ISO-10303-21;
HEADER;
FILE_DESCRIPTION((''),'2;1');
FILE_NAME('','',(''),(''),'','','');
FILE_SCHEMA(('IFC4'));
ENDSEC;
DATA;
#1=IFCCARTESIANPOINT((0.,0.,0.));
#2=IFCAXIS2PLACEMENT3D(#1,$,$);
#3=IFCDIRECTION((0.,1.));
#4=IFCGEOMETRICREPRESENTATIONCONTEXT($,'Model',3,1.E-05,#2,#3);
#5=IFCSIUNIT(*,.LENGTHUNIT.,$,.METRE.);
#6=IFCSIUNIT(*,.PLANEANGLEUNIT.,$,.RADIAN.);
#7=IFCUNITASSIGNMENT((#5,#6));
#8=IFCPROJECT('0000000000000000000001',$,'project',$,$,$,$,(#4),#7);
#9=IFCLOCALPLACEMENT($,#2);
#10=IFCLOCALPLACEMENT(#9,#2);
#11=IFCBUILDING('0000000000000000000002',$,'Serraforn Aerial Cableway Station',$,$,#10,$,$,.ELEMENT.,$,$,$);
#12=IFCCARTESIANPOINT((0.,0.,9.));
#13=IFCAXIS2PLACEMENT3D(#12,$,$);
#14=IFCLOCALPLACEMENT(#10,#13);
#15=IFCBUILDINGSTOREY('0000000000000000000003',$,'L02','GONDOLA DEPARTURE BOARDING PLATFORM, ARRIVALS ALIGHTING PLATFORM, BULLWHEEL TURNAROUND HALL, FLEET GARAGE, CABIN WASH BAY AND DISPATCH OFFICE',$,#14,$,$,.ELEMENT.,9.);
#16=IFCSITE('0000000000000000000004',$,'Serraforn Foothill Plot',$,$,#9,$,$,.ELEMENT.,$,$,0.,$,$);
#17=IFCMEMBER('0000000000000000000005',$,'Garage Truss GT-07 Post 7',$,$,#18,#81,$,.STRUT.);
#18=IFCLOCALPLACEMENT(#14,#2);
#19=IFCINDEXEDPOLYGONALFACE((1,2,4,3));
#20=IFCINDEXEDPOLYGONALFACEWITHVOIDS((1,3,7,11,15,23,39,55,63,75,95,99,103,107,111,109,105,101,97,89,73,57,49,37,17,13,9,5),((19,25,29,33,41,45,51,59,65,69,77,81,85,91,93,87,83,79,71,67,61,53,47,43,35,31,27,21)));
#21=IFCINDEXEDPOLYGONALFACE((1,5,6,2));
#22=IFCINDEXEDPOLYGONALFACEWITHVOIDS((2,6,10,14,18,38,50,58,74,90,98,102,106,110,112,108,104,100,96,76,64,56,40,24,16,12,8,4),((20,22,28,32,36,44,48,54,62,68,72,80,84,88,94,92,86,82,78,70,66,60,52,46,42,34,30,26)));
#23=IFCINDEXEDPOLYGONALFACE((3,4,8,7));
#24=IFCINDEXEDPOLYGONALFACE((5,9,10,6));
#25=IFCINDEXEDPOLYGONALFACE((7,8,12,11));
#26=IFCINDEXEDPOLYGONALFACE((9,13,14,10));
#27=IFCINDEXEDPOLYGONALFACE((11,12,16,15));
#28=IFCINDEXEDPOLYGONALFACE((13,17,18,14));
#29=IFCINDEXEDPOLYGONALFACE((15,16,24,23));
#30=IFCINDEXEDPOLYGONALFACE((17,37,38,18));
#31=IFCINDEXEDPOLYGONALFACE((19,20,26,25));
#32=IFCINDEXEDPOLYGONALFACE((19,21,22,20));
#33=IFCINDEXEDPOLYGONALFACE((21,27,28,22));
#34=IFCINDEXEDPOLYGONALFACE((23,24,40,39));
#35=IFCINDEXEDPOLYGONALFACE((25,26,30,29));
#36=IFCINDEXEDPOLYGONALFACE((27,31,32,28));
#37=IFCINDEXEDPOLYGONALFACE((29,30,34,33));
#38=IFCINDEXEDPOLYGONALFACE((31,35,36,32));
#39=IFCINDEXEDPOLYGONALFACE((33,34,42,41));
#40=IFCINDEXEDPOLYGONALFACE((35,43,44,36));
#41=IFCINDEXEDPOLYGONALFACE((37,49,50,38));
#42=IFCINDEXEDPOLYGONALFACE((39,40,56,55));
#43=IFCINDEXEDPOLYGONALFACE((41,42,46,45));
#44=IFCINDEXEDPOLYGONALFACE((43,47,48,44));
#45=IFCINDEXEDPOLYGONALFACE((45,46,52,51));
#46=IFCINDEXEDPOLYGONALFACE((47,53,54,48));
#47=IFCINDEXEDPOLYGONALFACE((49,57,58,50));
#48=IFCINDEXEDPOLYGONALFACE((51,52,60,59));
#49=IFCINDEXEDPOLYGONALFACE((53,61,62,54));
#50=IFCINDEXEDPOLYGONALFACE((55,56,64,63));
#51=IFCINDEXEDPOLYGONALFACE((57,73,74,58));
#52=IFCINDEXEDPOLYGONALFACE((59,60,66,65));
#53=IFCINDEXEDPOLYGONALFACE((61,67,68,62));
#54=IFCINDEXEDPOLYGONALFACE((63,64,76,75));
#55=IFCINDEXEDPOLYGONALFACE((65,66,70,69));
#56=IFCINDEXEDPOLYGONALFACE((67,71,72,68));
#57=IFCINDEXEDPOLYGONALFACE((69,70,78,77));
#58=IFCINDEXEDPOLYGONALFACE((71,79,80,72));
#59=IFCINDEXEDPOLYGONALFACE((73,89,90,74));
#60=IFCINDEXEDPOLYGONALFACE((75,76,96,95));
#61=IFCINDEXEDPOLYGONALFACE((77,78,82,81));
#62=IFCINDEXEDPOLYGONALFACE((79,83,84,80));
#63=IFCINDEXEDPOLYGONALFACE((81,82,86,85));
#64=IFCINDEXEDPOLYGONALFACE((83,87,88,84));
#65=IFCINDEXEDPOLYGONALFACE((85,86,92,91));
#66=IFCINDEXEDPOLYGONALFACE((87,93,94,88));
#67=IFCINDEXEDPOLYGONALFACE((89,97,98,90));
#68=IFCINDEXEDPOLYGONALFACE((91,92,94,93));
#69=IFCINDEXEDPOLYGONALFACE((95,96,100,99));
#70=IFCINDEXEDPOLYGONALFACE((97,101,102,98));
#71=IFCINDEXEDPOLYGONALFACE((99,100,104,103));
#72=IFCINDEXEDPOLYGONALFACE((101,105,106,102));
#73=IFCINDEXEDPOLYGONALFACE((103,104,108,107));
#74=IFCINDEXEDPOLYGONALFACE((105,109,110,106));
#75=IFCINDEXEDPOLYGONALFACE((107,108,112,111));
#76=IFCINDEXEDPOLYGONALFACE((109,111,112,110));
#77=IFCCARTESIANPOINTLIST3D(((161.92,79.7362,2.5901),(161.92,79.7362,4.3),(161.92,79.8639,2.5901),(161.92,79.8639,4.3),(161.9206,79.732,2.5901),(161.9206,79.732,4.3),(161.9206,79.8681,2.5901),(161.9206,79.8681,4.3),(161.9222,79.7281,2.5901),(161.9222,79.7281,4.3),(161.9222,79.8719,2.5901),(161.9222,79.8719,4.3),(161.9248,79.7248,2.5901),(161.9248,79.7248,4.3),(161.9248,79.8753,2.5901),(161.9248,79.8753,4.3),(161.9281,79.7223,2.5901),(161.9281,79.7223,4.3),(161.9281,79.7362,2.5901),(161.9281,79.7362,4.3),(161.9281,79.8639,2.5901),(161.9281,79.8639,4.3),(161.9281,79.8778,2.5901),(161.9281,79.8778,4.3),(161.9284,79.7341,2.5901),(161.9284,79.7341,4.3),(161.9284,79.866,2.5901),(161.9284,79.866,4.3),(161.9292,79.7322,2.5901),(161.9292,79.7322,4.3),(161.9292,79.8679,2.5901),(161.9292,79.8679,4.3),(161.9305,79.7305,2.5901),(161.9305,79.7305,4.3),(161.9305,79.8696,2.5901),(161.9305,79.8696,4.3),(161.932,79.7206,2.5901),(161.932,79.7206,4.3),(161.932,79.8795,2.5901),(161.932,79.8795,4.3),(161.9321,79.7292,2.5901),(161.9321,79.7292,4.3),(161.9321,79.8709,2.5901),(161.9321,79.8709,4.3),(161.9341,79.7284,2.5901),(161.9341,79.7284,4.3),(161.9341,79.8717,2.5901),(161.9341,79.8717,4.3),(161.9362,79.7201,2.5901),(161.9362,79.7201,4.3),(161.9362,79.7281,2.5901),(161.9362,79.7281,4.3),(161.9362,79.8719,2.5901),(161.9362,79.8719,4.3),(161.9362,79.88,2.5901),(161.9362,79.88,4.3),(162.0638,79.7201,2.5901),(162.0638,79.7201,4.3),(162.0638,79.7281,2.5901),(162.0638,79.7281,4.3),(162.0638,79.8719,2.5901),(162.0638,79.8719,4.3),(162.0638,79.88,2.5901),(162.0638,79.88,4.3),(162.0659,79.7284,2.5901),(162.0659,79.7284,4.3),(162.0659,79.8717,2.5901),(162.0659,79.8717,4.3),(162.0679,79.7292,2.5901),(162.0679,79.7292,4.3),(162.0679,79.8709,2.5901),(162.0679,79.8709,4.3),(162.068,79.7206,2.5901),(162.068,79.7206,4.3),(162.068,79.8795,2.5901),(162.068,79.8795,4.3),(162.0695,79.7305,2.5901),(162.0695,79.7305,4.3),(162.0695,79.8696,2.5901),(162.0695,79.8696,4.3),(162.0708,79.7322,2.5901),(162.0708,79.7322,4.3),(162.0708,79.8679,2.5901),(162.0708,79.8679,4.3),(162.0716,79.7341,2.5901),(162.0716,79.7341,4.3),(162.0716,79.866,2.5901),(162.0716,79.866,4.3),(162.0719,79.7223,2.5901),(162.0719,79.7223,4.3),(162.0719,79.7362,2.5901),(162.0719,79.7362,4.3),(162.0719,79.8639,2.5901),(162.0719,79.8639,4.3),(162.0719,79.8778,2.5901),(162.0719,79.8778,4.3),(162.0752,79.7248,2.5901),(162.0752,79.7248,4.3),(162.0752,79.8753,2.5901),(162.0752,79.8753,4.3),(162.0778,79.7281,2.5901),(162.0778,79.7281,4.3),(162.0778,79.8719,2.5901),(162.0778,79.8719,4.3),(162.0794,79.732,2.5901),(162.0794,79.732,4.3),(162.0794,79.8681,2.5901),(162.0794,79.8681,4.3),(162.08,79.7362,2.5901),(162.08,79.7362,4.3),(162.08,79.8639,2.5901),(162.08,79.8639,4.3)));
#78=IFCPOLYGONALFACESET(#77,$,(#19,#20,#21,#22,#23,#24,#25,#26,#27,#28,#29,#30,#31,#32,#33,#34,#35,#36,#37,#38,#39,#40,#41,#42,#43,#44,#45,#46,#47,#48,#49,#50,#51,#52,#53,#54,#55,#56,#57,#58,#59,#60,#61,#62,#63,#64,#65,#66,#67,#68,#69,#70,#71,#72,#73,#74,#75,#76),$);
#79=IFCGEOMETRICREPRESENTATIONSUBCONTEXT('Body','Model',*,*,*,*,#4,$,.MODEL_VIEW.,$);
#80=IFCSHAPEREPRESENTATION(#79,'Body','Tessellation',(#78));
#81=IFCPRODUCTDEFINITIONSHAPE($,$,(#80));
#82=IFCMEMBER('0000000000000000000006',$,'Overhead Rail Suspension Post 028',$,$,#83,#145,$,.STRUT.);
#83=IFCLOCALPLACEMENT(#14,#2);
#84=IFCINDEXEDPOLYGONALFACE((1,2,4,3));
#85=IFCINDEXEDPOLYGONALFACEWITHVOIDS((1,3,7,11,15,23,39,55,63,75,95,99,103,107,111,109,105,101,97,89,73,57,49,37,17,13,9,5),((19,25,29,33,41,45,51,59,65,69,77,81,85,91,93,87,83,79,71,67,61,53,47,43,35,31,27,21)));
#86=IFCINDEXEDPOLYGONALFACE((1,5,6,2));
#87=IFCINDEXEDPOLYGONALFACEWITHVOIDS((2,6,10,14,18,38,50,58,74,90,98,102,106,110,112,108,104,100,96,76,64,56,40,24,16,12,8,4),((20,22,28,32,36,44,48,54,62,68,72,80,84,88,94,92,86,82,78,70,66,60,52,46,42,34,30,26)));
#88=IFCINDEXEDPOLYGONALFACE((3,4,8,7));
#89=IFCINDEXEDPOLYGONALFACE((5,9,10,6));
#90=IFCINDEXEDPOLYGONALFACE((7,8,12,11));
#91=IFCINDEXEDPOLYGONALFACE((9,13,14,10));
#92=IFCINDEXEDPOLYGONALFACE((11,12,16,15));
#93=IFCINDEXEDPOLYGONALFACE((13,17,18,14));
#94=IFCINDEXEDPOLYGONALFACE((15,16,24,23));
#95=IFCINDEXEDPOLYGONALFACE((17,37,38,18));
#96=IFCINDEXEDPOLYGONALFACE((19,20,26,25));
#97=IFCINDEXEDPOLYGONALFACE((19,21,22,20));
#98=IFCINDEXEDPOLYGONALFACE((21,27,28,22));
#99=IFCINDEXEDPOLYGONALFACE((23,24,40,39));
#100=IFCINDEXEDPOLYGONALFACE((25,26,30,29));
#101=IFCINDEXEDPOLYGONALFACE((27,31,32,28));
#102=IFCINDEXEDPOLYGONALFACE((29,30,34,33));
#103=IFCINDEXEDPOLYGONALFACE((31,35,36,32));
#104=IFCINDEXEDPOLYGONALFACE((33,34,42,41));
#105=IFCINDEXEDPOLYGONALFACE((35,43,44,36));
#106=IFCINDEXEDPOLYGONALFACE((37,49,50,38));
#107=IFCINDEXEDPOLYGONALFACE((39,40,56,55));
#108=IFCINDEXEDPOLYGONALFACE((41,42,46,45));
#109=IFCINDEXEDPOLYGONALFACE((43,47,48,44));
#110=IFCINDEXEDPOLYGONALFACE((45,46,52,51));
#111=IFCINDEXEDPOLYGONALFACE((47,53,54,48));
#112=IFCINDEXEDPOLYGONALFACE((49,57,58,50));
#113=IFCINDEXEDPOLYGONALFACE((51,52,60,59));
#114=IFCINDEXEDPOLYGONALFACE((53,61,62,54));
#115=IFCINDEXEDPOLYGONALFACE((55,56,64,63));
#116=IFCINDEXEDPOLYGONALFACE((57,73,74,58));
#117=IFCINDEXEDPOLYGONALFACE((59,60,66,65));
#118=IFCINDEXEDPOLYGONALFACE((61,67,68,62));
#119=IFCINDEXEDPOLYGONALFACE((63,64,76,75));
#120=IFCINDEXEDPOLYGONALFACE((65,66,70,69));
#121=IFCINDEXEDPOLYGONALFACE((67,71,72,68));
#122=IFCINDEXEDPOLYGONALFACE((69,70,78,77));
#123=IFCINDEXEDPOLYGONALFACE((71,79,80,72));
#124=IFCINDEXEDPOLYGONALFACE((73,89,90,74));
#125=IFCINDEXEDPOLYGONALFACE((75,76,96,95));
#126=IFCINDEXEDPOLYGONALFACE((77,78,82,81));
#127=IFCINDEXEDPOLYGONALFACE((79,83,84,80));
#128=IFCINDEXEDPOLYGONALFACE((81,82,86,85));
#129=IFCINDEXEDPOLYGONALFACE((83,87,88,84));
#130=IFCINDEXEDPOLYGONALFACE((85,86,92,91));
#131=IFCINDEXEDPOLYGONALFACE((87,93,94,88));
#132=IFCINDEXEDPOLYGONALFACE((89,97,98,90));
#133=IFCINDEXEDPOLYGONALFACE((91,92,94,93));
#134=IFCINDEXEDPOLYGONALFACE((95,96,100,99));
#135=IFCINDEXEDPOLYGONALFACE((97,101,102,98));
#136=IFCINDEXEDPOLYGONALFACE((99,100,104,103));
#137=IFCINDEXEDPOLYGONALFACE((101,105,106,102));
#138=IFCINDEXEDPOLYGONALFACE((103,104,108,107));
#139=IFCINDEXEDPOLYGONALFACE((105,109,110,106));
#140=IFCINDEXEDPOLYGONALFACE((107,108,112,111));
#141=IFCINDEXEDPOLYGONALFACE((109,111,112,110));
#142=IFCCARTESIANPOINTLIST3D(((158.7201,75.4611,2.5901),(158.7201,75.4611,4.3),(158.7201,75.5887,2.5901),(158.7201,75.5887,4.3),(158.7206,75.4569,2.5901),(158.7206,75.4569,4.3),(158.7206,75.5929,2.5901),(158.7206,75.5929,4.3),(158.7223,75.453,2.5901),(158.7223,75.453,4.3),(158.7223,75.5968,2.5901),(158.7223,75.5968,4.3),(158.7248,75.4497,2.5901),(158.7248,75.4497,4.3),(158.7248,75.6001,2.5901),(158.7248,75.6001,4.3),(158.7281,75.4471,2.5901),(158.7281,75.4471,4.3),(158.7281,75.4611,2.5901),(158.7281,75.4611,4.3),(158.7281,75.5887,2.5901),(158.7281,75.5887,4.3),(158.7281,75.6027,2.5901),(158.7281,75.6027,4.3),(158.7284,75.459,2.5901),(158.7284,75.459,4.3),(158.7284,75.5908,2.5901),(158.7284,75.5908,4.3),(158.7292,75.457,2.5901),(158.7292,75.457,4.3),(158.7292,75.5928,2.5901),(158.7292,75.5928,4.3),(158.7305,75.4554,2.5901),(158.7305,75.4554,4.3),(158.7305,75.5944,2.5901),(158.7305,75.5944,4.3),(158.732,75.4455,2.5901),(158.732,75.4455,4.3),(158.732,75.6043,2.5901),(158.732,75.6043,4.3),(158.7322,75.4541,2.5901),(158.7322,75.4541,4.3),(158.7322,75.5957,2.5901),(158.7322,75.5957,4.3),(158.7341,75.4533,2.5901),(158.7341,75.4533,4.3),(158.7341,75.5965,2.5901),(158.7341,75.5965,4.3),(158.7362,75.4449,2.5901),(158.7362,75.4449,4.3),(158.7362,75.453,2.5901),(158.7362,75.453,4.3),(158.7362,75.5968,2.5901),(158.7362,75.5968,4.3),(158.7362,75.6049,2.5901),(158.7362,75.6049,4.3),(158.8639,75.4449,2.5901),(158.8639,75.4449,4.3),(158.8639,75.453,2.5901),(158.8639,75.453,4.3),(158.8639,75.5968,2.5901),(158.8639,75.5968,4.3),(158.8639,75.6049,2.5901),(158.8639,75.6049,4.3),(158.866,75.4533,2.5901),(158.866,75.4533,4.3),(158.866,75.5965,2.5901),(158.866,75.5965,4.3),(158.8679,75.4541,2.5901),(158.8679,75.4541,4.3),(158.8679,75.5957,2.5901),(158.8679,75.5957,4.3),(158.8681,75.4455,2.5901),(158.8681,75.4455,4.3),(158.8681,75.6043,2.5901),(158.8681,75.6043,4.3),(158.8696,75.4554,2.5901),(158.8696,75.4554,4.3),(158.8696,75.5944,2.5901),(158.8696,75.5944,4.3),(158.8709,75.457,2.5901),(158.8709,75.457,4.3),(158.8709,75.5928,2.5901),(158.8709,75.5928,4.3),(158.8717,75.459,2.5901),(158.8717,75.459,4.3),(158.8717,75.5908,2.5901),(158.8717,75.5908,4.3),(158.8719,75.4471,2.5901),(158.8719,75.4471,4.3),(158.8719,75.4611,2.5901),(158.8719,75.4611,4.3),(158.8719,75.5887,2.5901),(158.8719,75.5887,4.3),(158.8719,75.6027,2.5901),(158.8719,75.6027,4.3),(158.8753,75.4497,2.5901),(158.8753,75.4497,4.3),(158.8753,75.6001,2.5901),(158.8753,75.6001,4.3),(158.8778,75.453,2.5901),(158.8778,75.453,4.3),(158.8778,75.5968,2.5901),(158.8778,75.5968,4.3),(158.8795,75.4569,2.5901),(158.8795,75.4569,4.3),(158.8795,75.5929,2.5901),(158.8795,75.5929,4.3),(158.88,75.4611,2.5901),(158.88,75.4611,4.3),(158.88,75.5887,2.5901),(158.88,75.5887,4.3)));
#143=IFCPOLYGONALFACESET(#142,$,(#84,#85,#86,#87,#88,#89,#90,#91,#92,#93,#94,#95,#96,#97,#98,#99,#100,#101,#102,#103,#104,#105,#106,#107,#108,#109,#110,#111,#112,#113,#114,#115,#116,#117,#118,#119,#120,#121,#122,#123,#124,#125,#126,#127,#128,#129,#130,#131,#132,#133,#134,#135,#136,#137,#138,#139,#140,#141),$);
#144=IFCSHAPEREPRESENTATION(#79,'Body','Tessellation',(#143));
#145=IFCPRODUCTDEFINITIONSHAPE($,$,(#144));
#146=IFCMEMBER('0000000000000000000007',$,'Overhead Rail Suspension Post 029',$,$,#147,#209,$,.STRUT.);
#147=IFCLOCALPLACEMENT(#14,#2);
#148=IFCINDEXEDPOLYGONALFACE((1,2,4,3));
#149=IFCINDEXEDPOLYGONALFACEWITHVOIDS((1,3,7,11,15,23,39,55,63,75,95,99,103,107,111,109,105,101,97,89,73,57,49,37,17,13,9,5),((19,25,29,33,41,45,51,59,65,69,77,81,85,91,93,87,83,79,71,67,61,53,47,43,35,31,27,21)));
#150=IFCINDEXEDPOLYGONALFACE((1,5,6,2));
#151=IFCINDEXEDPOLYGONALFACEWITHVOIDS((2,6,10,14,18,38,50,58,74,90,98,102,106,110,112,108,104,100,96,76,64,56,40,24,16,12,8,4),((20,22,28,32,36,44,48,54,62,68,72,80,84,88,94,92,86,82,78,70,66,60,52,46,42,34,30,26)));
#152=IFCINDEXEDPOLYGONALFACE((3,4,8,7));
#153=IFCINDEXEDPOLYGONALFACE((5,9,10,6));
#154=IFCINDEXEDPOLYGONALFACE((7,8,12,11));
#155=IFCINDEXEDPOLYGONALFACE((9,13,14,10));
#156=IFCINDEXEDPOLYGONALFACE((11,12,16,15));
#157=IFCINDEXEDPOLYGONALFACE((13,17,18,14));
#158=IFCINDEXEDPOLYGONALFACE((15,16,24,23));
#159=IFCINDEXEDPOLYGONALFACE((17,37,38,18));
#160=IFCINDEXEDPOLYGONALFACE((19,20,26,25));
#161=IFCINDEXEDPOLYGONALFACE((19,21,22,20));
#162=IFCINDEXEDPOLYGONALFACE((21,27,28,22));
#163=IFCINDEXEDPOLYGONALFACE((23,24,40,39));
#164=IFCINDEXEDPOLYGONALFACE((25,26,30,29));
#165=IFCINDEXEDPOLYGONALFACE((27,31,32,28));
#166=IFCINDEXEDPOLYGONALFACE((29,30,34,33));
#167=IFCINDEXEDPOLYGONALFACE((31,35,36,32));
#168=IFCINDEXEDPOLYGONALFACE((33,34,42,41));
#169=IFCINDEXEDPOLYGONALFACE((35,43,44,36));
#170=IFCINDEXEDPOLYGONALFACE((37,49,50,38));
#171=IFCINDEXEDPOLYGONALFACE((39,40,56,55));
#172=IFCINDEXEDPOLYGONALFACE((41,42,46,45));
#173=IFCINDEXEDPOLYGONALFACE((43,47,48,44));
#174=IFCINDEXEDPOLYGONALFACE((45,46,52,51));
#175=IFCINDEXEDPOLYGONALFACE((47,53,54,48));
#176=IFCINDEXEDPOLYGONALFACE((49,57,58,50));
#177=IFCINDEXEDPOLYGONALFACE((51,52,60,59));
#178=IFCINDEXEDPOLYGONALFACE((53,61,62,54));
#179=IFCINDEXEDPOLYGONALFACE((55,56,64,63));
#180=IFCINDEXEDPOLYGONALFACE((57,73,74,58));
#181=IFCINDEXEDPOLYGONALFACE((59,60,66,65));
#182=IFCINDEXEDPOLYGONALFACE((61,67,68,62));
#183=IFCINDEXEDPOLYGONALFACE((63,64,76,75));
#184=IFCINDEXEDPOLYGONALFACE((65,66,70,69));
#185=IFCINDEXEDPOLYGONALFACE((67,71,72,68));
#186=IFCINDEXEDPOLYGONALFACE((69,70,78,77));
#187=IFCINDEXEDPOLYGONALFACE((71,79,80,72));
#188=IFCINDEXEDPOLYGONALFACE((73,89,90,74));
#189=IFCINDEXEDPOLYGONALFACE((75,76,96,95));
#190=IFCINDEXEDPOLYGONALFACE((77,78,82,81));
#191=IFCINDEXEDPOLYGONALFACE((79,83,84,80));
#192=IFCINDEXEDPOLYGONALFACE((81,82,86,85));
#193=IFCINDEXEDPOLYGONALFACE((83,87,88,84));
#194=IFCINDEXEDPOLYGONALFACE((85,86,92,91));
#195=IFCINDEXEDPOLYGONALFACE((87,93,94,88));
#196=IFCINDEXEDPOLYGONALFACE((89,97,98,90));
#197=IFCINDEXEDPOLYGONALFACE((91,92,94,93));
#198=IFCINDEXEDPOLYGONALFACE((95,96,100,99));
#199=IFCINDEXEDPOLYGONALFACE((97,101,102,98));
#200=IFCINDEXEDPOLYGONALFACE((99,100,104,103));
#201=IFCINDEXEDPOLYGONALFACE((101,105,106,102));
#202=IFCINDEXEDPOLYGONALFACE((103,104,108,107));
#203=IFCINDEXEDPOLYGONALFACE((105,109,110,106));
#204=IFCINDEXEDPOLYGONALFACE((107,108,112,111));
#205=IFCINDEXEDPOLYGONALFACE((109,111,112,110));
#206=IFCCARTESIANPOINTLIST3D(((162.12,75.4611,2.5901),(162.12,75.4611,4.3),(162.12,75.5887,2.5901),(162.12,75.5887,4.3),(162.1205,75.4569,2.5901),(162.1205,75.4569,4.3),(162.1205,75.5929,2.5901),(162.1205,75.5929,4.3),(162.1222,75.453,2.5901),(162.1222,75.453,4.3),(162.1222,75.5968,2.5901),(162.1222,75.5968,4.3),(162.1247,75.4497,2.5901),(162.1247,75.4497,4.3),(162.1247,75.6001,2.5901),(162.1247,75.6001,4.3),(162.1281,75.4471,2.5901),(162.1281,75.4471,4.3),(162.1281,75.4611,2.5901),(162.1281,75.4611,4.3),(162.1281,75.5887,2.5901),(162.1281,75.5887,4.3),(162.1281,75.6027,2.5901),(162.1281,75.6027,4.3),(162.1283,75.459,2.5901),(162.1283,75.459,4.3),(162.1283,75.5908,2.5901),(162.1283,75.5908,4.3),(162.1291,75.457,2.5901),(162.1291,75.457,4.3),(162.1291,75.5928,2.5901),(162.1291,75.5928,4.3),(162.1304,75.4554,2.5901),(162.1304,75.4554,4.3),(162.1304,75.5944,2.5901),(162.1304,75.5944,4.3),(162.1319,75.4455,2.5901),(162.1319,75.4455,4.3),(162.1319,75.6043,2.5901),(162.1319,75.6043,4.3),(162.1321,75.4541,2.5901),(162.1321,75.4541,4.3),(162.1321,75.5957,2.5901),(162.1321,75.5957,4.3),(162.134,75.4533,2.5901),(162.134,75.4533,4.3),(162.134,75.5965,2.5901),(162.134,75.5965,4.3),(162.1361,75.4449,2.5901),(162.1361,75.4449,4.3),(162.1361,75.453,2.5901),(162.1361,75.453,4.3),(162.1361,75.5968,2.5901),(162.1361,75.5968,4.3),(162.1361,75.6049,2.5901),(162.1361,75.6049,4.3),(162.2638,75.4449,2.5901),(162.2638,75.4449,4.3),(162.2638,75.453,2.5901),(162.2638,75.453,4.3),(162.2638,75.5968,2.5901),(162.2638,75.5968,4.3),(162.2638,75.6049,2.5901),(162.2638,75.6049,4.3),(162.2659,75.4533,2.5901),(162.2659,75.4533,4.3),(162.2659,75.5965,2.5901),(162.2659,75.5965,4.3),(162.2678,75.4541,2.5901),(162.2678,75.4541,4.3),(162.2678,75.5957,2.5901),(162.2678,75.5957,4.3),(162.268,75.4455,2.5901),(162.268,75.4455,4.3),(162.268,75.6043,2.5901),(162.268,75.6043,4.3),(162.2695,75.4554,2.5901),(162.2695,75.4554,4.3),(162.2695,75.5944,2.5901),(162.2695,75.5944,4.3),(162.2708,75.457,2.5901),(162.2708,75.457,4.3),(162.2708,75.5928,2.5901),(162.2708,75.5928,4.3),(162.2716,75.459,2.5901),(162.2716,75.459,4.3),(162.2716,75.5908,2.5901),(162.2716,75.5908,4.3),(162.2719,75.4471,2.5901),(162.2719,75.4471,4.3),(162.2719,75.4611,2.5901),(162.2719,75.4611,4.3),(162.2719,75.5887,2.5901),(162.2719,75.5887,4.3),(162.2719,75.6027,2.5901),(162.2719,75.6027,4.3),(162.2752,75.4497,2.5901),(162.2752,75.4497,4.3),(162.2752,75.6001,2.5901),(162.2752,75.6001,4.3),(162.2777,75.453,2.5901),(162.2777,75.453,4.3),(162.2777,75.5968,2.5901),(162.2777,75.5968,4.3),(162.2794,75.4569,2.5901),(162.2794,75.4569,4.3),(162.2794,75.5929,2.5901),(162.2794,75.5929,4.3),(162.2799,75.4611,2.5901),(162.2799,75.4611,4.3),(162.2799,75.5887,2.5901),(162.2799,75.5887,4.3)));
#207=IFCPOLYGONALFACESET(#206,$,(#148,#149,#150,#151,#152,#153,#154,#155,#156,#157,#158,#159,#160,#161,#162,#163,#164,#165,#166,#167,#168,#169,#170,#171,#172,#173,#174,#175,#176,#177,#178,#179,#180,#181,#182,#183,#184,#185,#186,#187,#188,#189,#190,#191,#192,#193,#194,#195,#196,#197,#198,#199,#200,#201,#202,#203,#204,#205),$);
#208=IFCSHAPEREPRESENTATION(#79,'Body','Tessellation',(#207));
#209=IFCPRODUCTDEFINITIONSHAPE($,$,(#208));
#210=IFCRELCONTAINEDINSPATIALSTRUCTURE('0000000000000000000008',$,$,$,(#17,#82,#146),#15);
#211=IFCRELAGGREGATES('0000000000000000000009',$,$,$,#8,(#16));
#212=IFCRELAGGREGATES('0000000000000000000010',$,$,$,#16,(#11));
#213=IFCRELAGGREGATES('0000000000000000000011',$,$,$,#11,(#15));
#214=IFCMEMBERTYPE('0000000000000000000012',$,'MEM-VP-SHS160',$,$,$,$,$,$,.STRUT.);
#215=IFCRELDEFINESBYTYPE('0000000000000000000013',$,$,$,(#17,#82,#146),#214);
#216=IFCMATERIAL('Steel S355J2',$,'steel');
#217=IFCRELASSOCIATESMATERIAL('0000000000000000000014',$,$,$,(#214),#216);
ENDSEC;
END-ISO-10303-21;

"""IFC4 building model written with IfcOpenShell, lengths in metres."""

from ifc_helpers import new_model, si_unit, direction, frame, origin, origin_2d, place, context, subcontext, project, spatial, hollow_rectangle, extrude, material, material_profile, profile_set, type_object, element, save


model = new_model("IFC4")

# Units and contexts
model_context = context("Model", 3, precision=1e-05, world=origin(), true_north=direction((0.0, 1.0)))
body_context = subcontext(model_context, "Body", "Model", "MODEL_VIEW")
ifc_project = project(units=[si_unit("LENGTHUNIT", "METRE"), si_unit("PLANEANGLEUNIT", "RADIAN")], contexts=[model_context])

# Site, building, storey
site_placement = place(None, origin())
site = spatial("IfcSite", under=ifc_project, at=site_placement, Name="Serraforn Foothill Plot", CompositionType="ELEMENT", RefElevation=0.0)
building_placement = place(site_placement, origin())
building = spatial("IfcBuilding", under=site, at=building_placement, Name="Serraforn Aerial Cableway Station", CompositionType="ELEMENT")
storey_placement = place(building_placement, frame((0.0, 0.0, 9.0)))
storey = spatial("IfcBuildingStorey", under=building, at=storey_placement, Name="L02", Description="GONDOLA DEPARTURE BOARDING PLATFORM, ARRIVALS ALIGHTING PLATFORM, BULLWHEEL TURNAROUND HALL, FLEET GARAGE, CABIN WASH BAY AND DISPATCH OFFICE", CompositionType="ELEMENT", Elevation=9.0)

# Members
ifc_material_1 = material(Name="Steel S355J2", Category="steel")
ifc_material_profile_1 = material_profile(ifc_material_1, hollow_rectangle(XDim=0.1599, YDim=0.1599, WallThickness=0.0081, InnerFilletRadius=0.0081, OuterFilletRadius=0.0161, at=origin_2d()), Name="SHS 160x160x8.0")
ifc_profile_set_1 = profile_set([ifc_material_profile_1], Name="Steel S355J2")
member_type_1 = type_object("IfcMemberType", Name="MEM-VP-SHS160", PredefinedType="STRUT", material=ifc_profile_set_1)
for number, where, z_axis, x_axis, name in (
    (1, (162.0, 79.8, 2.5901), (0.0, 0.0, 1.0), (1.0, 0.0, 0.0), "Garage Truss GT-07 Post 7"),
    (2, (158.8, 75.5249, 2.5901), (0.0, 0.0, 1.0), (1.0, 0.0, 0.0), "Overhead Rail Suspension Post 028"),
    (3, (162.2, 75.5249, 2.5901), (0.0, 0.0, 1.0), (1.0, 0.0, 0.0), "Overhead Rail Suspension Post 029"),
):
    element("IfcMember", number, at=place(storey_placement, frame(where, z_axis=z_axis, x_axis=x_axis)), inside=storey, type_object=member_type_1, Name=name, PredefinedType="STRUT", context=body_context, shape_type="SweptSolid", body=[
        extrude(hollow_rectangle(XDim=0.1599, YDim=0.1599, WallThickness=0.0081, InnerFilletRadius=0.0081, OuterFilletRadius=0.0161, at=origin_2d()), origin(), (0.0, 0.0, 1.0), 1.71),
    ])

save(model, "model.ifc")
